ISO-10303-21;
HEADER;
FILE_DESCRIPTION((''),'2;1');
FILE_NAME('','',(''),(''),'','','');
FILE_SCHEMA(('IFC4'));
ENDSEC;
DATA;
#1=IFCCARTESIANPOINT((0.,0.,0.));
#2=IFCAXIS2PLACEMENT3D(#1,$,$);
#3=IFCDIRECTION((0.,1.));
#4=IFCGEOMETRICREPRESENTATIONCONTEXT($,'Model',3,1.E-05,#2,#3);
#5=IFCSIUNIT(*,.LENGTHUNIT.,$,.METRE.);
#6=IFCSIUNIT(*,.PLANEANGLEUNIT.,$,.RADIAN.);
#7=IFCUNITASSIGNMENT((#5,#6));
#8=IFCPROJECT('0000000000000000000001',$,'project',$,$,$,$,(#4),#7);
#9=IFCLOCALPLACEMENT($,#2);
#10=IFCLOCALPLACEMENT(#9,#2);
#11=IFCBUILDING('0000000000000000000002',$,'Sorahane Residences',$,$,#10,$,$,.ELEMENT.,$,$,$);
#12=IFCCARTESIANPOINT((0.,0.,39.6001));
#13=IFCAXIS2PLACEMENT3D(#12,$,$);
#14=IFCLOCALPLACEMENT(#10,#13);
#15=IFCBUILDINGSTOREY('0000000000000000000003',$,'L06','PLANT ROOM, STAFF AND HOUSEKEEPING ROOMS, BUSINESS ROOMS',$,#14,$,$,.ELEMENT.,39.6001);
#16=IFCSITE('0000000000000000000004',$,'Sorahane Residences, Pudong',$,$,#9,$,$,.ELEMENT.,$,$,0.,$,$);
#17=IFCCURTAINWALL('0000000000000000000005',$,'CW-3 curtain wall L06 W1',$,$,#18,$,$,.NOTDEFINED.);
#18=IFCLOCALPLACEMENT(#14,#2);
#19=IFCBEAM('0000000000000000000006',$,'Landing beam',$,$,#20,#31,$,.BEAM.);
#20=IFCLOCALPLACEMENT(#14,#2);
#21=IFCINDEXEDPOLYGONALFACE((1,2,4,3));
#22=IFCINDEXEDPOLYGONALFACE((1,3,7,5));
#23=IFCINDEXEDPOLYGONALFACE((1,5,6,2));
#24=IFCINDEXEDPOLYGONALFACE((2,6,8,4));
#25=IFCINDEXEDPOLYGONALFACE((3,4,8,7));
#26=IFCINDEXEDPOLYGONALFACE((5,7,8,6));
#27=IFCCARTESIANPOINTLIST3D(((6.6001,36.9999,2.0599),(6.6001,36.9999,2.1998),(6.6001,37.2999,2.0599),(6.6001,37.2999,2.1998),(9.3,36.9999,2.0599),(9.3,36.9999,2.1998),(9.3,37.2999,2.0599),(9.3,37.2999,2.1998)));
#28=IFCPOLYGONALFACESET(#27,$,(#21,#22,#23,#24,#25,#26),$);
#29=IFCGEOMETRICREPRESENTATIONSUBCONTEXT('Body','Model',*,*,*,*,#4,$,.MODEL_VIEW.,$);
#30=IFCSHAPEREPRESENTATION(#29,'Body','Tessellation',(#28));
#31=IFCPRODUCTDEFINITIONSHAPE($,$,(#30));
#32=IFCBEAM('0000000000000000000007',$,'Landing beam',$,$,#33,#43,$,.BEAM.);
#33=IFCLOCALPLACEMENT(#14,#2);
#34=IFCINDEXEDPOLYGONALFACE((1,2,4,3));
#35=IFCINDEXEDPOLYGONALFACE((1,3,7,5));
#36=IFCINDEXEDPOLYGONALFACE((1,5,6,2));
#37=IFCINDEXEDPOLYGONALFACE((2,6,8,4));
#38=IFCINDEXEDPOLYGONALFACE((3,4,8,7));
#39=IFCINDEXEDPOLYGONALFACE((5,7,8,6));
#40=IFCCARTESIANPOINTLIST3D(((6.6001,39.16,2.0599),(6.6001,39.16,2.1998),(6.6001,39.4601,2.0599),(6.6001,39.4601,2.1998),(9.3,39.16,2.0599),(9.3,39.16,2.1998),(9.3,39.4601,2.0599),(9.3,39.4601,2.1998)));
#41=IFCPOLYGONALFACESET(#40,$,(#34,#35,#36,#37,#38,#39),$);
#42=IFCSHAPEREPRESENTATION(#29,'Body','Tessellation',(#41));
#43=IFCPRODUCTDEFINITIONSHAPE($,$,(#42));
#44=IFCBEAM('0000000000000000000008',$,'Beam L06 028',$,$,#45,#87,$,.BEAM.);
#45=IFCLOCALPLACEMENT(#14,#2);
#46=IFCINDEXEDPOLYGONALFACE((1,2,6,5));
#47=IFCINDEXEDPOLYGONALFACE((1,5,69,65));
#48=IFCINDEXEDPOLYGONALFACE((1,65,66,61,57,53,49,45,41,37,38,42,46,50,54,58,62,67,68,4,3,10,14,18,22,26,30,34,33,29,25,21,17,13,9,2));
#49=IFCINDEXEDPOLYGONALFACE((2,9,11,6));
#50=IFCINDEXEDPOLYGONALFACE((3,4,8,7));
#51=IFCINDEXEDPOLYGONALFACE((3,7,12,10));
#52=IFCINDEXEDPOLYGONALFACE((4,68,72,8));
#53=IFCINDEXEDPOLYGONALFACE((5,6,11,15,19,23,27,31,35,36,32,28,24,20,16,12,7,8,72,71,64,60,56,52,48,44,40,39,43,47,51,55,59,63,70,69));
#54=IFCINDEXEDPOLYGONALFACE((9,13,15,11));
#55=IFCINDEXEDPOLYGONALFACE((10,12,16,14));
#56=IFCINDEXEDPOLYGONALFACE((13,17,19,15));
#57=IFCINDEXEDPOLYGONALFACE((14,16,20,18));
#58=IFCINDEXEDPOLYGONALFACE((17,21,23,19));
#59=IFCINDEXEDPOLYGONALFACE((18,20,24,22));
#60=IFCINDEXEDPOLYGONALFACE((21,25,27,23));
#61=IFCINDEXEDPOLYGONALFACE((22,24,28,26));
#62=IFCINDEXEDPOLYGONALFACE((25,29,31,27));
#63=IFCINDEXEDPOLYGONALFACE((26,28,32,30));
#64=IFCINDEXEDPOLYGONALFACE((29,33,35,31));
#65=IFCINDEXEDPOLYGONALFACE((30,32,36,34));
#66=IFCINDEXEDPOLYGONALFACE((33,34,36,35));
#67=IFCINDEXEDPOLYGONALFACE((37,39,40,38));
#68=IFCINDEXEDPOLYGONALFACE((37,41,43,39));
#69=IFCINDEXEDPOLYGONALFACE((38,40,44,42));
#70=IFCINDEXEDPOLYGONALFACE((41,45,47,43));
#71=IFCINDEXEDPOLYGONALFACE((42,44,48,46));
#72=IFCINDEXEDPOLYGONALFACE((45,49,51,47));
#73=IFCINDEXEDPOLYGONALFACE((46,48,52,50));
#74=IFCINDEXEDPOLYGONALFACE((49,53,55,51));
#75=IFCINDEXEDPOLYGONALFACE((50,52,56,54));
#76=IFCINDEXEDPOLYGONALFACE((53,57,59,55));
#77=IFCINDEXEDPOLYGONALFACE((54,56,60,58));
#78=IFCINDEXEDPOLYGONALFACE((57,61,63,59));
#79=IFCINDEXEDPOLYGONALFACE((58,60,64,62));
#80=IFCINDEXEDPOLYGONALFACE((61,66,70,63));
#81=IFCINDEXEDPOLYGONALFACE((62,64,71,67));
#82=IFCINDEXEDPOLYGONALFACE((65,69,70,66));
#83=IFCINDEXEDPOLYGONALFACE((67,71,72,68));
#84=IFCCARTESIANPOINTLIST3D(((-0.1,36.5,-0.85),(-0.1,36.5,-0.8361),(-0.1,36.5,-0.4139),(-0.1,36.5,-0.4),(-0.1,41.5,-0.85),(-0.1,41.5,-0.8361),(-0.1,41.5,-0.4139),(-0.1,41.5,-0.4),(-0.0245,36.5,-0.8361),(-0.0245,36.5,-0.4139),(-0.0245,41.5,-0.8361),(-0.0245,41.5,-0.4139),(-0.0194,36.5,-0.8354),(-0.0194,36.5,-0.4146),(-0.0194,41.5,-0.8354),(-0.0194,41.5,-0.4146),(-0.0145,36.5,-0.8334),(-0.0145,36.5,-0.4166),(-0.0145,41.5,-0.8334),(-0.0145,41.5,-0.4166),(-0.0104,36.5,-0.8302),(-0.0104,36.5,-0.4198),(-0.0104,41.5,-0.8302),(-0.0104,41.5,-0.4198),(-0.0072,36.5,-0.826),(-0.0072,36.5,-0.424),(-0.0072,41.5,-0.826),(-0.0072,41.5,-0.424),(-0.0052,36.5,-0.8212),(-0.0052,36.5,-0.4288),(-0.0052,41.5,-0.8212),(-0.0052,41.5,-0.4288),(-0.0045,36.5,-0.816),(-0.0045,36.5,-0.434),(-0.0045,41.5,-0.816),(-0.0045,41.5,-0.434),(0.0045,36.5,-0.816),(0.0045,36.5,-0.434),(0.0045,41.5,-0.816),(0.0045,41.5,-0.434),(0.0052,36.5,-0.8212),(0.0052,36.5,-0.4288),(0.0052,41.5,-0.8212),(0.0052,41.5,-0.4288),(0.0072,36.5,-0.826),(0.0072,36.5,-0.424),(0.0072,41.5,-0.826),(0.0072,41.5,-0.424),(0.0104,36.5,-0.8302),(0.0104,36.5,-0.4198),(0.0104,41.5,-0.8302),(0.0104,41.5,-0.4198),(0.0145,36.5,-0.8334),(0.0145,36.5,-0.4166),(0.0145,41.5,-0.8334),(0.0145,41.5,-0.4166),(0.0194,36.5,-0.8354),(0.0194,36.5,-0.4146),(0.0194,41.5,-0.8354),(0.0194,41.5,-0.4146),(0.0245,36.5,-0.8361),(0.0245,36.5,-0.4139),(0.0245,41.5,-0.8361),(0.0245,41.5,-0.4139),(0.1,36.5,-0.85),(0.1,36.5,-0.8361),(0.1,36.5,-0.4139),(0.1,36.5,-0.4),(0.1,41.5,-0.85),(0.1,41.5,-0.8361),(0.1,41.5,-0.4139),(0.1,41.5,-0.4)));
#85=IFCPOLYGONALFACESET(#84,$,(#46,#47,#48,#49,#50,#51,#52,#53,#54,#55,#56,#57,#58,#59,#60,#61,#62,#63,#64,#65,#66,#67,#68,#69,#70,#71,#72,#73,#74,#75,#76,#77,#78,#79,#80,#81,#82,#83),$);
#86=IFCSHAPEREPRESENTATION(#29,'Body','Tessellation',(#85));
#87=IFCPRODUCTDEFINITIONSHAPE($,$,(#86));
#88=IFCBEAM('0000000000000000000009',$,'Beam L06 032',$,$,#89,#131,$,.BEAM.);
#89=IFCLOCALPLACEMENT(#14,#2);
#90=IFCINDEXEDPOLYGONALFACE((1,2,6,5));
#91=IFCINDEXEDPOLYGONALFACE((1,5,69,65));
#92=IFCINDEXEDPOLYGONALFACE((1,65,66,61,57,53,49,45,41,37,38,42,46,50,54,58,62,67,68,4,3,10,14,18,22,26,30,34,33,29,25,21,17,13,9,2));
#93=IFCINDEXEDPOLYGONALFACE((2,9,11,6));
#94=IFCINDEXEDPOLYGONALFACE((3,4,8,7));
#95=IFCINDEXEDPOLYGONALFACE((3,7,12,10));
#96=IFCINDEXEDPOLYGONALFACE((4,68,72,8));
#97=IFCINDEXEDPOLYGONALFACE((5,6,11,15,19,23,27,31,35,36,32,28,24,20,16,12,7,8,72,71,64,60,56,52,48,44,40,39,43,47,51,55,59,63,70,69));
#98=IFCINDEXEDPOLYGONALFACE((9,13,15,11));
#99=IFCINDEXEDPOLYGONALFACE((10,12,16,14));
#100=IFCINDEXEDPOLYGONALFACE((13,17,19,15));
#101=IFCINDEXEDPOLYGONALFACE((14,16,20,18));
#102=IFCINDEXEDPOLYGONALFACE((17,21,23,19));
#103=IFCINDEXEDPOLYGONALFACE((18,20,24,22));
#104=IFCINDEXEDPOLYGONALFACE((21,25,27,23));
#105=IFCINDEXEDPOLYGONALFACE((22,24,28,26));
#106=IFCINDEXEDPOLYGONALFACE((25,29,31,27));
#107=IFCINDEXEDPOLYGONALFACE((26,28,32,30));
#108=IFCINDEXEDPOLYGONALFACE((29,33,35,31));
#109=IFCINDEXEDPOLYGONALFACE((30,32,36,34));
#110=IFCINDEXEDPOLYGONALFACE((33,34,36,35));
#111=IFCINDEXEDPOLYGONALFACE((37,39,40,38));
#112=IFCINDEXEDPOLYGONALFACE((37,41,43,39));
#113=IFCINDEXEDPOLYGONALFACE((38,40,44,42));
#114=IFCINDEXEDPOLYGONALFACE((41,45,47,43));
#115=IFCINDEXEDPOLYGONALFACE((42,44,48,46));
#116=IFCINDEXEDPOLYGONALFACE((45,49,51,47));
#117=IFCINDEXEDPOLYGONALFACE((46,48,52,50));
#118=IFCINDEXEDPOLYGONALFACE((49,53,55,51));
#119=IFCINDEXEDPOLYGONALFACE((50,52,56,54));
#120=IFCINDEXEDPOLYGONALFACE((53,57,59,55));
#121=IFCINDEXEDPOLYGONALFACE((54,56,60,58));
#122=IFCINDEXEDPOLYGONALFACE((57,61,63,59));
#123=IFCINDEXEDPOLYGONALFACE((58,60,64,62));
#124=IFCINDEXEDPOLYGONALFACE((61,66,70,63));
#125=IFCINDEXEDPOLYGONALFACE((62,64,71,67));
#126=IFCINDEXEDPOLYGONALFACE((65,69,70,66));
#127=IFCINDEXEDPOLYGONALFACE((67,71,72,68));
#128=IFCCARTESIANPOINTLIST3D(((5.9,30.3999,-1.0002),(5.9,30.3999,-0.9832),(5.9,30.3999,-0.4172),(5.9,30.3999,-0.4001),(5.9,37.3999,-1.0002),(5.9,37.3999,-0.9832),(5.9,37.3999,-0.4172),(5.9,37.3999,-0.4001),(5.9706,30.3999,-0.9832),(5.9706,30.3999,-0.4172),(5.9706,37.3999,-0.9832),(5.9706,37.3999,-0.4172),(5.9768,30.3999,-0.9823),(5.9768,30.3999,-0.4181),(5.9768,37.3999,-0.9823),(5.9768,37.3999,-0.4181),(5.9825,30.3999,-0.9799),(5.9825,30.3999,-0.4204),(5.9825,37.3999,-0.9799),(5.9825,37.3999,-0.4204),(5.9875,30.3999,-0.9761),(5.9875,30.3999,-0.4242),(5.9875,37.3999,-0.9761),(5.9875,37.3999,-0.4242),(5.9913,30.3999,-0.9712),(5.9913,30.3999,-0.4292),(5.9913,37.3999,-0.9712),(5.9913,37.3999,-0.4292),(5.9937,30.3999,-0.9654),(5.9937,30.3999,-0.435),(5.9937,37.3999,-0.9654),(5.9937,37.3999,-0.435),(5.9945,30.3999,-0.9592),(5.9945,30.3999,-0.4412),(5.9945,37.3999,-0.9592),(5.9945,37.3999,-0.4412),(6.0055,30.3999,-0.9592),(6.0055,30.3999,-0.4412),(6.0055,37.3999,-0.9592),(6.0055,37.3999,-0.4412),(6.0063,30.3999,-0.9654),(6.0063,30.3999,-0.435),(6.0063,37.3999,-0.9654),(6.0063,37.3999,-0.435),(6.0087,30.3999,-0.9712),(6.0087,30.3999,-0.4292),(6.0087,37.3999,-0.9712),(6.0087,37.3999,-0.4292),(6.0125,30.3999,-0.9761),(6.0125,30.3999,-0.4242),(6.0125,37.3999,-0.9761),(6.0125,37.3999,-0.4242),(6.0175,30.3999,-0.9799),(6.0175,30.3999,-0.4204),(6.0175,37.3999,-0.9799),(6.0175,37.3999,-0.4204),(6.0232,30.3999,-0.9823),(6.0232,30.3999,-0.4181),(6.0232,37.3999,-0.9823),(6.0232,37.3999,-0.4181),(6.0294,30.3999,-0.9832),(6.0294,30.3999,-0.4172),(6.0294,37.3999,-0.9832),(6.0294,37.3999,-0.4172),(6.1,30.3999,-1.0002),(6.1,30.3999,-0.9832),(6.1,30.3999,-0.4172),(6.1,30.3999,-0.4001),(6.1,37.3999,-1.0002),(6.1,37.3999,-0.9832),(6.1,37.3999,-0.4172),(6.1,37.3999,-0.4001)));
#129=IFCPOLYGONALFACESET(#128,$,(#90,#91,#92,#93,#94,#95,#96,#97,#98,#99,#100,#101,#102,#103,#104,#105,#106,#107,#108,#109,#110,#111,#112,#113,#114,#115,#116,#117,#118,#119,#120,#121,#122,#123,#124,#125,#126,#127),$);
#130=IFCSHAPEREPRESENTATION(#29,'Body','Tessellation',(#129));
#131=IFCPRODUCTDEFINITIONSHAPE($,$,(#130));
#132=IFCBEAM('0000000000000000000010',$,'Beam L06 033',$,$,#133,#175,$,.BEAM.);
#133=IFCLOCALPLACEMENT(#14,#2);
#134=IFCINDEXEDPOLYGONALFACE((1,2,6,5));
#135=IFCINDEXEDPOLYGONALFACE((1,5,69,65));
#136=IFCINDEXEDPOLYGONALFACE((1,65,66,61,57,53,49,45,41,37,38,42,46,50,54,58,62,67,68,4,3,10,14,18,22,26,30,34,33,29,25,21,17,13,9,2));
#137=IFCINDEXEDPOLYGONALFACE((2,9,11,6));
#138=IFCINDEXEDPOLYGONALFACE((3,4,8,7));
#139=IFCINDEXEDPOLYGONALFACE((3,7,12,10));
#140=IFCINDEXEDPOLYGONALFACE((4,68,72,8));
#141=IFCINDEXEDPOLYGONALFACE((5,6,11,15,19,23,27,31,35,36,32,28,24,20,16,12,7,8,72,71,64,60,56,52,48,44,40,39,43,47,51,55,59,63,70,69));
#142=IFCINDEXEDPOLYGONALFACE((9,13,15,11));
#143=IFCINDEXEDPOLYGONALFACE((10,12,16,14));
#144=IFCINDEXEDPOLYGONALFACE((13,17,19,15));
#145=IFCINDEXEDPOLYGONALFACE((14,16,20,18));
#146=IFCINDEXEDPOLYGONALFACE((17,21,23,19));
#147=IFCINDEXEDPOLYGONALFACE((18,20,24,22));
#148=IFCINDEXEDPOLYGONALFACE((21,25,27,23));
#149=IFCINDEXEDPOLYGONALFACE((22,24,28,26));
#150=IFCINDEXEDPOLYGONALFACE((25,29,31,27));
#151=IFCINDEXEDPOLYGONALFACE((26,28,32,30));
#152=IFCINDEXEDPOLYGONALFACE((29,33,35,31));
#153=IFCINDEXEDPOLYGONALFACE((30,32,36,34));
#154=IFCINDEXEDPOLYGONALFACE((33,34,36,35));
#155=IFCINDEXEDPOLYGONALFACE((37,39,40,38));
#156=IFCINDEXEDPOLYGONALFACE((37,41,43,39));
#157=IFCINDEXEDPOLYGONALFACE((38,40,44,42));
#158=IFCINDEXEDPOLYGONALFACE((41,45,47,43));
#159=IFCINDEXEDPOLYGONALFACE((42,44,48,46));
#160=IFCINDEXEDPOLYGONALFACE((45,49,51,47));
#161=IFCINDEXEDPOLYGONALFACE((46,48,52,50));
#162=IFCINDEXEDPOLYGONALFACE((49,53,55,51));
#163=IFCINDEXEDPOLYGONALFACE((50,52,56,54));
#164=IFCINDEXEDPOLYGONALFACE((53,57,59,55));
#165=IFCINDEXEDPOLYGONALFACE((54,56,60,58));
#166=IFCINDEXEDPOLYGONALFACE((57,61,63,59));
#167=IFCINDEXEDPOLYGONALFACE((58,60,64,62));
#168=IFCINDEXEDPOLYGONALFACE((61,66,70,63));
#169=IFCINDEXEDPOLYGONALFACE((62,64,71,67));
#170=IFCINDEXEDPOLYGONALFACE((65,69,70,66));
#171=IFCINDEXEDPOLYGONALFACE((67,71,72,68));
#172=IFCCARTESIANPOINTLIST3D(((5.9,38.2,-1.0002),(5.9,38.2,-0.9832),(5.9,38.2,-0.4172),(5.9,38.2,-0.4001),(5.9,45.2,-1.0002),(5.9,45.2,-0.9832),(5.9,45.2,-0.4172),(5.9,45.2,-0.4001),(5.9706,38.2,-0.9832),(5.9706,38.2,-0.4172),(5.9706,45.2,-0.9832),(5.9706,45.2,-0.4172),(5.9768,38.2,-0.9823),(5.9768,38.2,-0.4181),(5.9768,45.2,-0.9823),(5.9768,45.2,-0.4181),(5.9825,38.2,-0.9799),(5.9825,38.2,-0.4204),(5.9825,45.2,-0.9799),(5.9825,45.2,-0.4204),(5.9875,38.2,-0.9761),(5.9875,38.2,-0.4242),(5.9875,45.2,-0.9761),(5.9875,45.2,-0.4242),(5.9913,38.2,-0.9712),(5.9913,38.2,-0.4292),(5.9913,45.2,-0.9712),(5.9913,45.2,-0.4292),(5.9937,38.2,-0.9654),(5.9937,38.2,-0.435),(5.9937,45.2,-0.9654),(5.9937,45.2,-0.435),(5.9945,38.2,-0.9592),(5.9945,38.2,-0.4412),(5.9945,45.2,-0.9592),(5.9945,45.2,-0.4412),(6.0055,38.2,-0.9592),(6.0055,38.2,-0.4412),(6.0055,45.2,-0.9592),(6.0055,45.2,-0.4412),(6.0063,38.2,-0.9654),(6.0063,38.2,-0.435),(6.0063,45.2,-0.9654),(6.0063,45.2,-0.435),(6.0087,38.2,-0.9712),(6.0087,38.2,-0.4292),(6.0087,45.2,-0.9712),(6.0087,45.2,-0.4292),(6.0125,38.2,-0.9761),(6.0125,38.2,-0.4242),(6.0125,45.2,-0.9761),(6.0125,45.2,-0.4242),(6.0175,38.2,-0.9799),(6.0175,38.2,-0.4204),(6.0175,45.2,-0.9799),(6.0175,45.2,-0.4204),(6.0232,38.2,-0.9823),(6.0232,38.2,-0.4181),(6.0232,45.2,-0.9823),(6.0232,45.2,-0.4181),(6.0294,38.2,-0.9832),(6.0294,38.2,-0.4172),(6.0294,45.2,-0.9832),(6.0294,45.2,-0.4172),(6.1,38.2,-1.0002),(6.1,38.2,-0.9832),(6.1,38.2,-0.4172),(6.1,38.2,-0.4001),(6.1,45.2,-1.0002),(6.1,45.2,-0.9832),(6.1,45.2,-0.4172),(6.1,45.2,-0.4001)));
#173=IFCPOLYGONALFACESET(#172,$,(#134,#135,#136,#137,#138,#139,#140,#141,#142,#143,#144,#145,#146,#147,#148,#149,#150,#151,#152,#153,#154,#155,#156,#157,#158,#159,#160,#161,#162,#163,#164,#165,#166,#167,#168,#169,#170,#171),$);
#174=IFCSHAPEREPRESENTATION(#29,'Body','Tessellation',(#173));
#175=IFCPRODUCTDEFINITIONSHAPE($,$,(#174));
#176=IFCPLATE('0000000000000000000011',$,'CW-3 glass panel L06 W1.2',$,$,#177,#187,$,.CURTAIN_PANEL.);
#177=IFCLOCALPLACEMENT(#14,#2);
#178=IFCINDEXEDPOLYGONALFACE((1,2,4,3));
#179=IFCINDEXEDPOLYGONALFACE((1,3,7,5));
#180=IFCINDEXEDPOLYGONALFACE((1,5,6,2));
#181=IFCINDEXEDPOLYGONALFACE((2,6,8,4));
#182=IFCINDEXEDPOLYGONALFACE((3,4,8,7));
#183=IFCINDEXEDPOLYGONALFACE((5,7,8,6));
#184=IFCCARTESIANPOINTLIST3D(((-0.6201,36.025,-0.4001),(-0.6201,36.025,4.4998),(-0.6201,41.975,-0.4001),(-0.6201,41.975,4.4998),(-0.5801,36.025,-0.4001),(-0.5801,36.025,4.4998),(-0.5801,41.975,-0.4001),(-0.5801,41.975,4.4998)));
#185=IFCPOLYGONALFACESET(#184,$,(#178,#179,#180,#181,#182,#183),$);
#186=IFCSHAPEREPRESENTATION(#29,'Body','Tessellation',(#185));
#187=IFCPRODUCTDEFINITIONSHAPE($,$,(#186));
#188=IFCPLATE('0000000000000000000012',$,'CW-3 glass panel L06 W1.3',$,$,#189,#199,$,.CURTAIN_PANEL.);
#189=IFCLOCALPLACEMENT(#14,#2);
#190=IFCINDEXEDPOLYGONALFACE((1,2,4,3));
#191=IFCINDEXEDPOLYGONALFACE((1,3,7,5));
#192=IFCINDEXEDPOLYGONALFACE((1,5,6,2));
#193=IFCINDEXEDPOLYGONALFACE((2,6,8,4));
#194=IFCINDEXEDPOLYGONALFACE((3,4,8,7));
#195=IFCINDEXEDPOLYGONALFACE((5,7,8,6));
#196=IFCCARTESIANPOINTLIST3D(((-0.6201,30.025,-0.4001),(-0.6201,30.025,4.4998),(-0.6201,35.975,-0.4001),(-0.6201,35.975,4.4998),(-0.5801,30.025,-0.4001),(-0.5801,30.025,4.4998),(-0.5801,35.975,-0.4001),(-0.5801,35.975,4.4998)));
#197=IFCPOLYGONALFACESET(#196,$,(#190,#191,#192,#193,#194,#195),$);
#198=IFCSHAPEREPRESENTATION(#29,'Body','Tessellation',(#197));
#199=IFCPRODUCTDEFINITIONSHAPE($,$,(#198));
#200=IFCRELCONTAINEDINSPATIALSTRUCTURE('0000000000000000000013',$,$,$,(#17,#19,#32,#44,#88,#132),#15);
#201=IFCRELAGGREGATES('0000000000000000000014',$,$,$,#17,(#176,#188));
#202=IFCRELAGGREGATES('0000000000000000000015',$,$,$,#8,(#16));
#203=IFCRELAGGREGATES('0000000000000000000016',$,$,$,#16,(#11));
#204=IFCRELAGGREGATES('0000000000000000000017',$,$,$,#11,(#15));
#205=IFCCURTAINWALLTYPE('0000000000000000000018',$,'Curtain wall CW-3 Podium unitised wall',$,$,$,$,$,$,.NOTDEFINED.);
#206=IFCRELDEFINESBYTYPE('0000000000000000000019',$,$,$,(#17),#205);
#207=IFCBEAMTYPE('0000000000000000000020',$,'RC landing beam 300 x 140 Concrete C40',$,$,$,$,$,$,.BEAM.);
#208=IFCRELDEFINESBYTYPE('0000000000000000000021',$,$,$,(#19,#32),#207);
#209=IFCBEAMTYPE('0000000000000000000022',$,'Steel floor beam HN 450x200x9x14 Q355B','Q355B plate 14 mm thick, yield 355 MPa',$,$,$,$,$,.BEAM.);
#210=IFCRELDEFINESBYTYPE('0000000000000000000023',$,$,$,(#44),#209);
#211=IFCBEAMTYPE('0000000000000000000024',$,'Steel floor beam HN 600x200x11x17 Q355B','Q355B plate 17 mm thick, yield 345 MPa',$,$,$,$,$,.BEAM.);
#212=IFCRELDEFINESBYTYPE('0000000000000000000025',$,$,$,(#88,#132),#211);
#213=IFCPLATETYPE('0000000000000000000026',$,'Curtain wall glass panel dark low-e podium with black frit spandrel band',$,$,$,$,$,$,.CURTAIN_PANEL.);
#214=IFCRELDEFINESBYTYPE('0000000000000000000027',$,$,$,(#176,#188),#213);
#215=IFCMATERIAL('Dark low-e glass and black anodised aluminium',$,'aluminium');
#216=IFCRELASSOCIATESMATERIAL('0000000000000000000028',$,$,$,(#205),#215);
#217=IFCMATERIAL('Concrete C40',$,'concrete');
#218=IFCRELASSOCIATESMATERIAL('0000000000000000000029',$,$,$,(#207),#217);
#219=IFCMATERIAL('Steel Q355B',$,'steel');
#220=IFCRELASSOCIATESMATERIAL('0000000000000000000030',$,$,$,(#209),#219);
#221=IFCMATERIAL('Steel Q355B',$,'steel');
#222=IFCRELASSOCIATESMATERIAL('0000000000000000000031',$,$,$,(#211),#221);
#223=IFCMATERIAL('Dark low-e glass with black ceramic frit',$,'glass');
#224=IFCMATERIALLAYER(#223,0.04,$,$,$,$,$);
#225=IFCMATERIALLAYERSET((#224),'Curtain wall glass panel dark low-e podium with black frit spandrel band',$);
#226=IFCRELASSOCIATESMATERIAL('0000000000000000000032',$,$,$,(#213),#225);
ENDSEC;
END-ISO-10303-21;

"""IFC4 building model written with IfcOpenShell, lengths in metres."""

from ifc_helpers import new_model, si_unit, direction, frame, origin, origin_2d, place, context, subcontext, project, spatial, rectangle, i_section, extrude, material, layer, layer_set, material_profile, profile_set, type_object, element, aggregate, save


model = new_model("IFC4")

# Units and contexts
model_context = context("Model", 3, precision=1e-05, world=origin(), true_north=direction((0.0, 1.0)))
body_context = subcontext(model_context, "Body", "Model", "MODEL_VIEW")
ifc_project = project(units=[si_unit("LENGTHUNIT", "METRE"), si_unit("PLANEANGLEUNIT", "RADIAN")], contexts=[model_context])

# Site, building, storey
site_placement = place(None, origin())
site = spatial("IfcSite", under=ifc_project, at=site_placement, Name="Sorahane Residences, Pudong", CompositionType="ELEMENT", RefElevation=0.0)
building_placement = place(site_placement, origin())
building = spatial("IfcBuilding", under=site, at=building_placement, Name="Sorahane Residences", CompositionType="ELEMENT")
storey_placement = place(building_placement, frame((0.0, 0.0, 39.6001)))
storey = spatial("IfcBuildingStorey", under=building, at=storey_placement, Name="L06", Description="PLANT ROOM, STAFF AND HOUSEKEEPING ROOMS, BUSINESS ROOMS", CompositionType="ELEMENT", Elevation=39.6001)

# Curtain wall
ifc_material_1 = material(Name="Dark low-e glass and black anodised aluminium", Category="aluminium")
curtain_wall_type = type_object("IfcCurtainWallType", Name="Curtain wall CW-3 Podium unitised wall", PredefinedType="NOTDEFINED", material=ifc_material_1)
curtain_wall_placement = place(storey_placement, origin())
curtain_wall = element("IfcCurtainWall", 1, at=curtain_wall_placement, inside=storey, type_object=curtain_wall_type, Name="CW-3 curtain wall L06 W1", PredefinedType="NOTDEFINED")

# Beams
ifc_material_2 = material(Name="Concrete C40", Category="concrete")
ifc_material_profile_1 = material_profile(ifc_material_2, rectangle(XDim=0.3, YDim=0.1399, at=origin_2d()), Name="300x140")
ifc_profile_set_1 = profile_set([ifc_material_profile_1], Name="Concrete C40")
beam_type_1 = type_object("IfcBeamType", Name="RC landing beam 300 x 140 Concrete C40", PredefinedType="BEAM", material=ifc_profile_set_1)
for number, where, z_axis, x_axis, name in (
    (2, (6.6001, 37.1499, 2.1299), (1.0, 0.0, 0.0), (0.0, 1.0, 0.0), "Landing beam"),
    (3, (6.6001, 39.3101, 2.1299), (1.0, 0.0, 0.0), (0.0, 1.0, 0.0), "Landing beam"),
):
    element("IfcBeam", number, at=place(storey_placement, frame(where, z_axis=z_axis, x_axis=x_axis)), inside=storey, type_object=beam_type_1, Name=name, PredefinedType="BEAM", context=body_context, shape_type="SweptSolid", body=[
        extrude(rectangle(XDim=0.3, YDim=0.1399, at=origin_2d()), origin(), (0.0, 0.0, 1.0), 2.7),
    ])
ifc_material_3 = material(Name="Steel Q355B", Category="steel")
ifc_material_profile_2 = material_profile(ifc_material_3, i_section(OverallWidth=0.2, OverallDepth=0.45, WebThickness=0.009, FlangeThickness=0.0139, FilletRadius=0.02, at=origin_2d()), Name="HN 450x200x9x14")
ifc_profile_set_2 = profile_set([ifc_material_profile_2], Name="Steel Q355B")
beam_type_2 = type_object("IfcBeamType", Name="Steel floor beam HN 450x200x9x14 Q355B", Description="Q355B plate 14 mm thick, yield 355 MPa", PredefinedType="BEAM", material=ifc_profile_set_2)
beam_placement = place(storey_placement, frame((0.0, 36.5, -0.625), z_axis=(0.0, 1.0, 0.0), x_axis=(-1.0, 0.0, 0.0)))
element("IfcBeam", 4, at=beam_placement, inside=storey, type_object=beam_type_2, Name="Beam L06 028", PredefinedType="BEAM", context=body_context, shape_type="SweptSolid", body=[
    extrude(i_section(OverallWidth=0.2, OverallDepth=0.45, WebThickness=0.009, FlangeThickness=0.0139, FilletRadius=0.02, at=origin_2d()), origin(), (0.0, 0.0, 1.0), 5.0),
])
ifc_material_4 = material(Name="Steel Q355B", Category="steel")
ifc_material_profile_3 = material_profile(ifc_material_4, i_section(OverallWidth=0.2, OverallDepth=0.6001, WebThickness=0.011, FlangeThickness=0.0171, FilletRadius=0.0239, at=origin_2d()), Name="HN 600x200x11x17")
ifc_profile_set_3 = profile_set([ifc_material_profile_3], Name="Steel Q355B")
beam_type_3 = type_object("IfcBeamType", Name="Steel floor beam HN 600x200x11x17 Q355B", Description="Q355B plate 17 mm thick, yield 345 MPa", PredefinedType="BEAM", material=ifc_profile_set_3)
for number, where, z_axis, x_axis, name in (
    (5, (6.0, 30.3999, -0.7002), (0.0, 1.0, 0.0), (-1.0, 0.0, 0.0), "Beam L06 032"),
    (6, (6.0, 38.2, -0.7002), (0.0, 1.0, 0.0), (-1.0, 0.0, 0.0), "Beam L06 033"),
):
    element("IfcBeam", number, at=place(storey_placement, frame(where, z_axis=z_axis, x_axis=x_axis)), inside=storey, type_object=beam_type_3, Name=name, PredefinedType="BEAM", context=body_context, shape_type="SweptSolid", body=[
        extrude(i_section(OverallWidth=0.2, OverallDepth=0.6001, WebThickness=0.011, FlangeThickness=0.0171, FilletRadius=0.0239, at=origin_2d()), origin(), (0.0, 0.0, 1.0), 7.0),
    ])

# Plates
ifc_material_5 = material(Name="Dark low-e glass with black ceramic frit", Category="glass")
ifc_layer_1 = layer(ifc_material_5, 0.04)
ifc_layer_set_1 = layer_set([ifc_layer_1], Name="Curtain wall glass panel dark low-e podium with black frit spandrel band")
plate_type = type_object("IfcPlateType", Name="Curtain wall glass panel dark low-e podium with black frit spandrel band", PredefinedType="CURTAIN_PANEL", material=ifc_layer_set_1)
plate_1_placement = place(storey_placement, frame((-0.6001, 39.0, -0.4001), z_axis=(0.0, 0.0, 1.0), x_axis=(0.0, -1.0, 0.0)))
plate_1 = element("IfcPlate", 7, at=plate_1_placement, type_object=plate_type, Name="CW-3 glass panel L06 W1.2", PredefinedType="CURTAIN_PANEL", context=body_context, shape_type="SweptSolid", body=[
    extrude(rectangle(XDim=5.95, YDim=0.04, at=origin_2d()), origin(), (0.0, 0.0, 1.0), 4.8999),
])
plate_2_placement = place(storey_placement, frame((-0.6001, 33.0, -0.4001), z_axis=(0.0, 0.0, 1.0), x_axis=(0.0, -1.0, 0.0)))
plate_2 = element("IfcPlate", 8, at=plate_2_placement, type_object=plate_type, Name="CW-3 glass panel L06 W1.3", PredefinedType="CURTAIN_PANEL", context=body_context, shape_type="SweptSolid", body=[
    extrude(rectangle(XDim=5.95, YDim=0.04, at=origin_2d()), origin(), (0.0, 0.0, 1.0), 4.8999),
])
aggregate(curtain_wall, [plate_1, plate_2])

save(model, "model.ifc")
